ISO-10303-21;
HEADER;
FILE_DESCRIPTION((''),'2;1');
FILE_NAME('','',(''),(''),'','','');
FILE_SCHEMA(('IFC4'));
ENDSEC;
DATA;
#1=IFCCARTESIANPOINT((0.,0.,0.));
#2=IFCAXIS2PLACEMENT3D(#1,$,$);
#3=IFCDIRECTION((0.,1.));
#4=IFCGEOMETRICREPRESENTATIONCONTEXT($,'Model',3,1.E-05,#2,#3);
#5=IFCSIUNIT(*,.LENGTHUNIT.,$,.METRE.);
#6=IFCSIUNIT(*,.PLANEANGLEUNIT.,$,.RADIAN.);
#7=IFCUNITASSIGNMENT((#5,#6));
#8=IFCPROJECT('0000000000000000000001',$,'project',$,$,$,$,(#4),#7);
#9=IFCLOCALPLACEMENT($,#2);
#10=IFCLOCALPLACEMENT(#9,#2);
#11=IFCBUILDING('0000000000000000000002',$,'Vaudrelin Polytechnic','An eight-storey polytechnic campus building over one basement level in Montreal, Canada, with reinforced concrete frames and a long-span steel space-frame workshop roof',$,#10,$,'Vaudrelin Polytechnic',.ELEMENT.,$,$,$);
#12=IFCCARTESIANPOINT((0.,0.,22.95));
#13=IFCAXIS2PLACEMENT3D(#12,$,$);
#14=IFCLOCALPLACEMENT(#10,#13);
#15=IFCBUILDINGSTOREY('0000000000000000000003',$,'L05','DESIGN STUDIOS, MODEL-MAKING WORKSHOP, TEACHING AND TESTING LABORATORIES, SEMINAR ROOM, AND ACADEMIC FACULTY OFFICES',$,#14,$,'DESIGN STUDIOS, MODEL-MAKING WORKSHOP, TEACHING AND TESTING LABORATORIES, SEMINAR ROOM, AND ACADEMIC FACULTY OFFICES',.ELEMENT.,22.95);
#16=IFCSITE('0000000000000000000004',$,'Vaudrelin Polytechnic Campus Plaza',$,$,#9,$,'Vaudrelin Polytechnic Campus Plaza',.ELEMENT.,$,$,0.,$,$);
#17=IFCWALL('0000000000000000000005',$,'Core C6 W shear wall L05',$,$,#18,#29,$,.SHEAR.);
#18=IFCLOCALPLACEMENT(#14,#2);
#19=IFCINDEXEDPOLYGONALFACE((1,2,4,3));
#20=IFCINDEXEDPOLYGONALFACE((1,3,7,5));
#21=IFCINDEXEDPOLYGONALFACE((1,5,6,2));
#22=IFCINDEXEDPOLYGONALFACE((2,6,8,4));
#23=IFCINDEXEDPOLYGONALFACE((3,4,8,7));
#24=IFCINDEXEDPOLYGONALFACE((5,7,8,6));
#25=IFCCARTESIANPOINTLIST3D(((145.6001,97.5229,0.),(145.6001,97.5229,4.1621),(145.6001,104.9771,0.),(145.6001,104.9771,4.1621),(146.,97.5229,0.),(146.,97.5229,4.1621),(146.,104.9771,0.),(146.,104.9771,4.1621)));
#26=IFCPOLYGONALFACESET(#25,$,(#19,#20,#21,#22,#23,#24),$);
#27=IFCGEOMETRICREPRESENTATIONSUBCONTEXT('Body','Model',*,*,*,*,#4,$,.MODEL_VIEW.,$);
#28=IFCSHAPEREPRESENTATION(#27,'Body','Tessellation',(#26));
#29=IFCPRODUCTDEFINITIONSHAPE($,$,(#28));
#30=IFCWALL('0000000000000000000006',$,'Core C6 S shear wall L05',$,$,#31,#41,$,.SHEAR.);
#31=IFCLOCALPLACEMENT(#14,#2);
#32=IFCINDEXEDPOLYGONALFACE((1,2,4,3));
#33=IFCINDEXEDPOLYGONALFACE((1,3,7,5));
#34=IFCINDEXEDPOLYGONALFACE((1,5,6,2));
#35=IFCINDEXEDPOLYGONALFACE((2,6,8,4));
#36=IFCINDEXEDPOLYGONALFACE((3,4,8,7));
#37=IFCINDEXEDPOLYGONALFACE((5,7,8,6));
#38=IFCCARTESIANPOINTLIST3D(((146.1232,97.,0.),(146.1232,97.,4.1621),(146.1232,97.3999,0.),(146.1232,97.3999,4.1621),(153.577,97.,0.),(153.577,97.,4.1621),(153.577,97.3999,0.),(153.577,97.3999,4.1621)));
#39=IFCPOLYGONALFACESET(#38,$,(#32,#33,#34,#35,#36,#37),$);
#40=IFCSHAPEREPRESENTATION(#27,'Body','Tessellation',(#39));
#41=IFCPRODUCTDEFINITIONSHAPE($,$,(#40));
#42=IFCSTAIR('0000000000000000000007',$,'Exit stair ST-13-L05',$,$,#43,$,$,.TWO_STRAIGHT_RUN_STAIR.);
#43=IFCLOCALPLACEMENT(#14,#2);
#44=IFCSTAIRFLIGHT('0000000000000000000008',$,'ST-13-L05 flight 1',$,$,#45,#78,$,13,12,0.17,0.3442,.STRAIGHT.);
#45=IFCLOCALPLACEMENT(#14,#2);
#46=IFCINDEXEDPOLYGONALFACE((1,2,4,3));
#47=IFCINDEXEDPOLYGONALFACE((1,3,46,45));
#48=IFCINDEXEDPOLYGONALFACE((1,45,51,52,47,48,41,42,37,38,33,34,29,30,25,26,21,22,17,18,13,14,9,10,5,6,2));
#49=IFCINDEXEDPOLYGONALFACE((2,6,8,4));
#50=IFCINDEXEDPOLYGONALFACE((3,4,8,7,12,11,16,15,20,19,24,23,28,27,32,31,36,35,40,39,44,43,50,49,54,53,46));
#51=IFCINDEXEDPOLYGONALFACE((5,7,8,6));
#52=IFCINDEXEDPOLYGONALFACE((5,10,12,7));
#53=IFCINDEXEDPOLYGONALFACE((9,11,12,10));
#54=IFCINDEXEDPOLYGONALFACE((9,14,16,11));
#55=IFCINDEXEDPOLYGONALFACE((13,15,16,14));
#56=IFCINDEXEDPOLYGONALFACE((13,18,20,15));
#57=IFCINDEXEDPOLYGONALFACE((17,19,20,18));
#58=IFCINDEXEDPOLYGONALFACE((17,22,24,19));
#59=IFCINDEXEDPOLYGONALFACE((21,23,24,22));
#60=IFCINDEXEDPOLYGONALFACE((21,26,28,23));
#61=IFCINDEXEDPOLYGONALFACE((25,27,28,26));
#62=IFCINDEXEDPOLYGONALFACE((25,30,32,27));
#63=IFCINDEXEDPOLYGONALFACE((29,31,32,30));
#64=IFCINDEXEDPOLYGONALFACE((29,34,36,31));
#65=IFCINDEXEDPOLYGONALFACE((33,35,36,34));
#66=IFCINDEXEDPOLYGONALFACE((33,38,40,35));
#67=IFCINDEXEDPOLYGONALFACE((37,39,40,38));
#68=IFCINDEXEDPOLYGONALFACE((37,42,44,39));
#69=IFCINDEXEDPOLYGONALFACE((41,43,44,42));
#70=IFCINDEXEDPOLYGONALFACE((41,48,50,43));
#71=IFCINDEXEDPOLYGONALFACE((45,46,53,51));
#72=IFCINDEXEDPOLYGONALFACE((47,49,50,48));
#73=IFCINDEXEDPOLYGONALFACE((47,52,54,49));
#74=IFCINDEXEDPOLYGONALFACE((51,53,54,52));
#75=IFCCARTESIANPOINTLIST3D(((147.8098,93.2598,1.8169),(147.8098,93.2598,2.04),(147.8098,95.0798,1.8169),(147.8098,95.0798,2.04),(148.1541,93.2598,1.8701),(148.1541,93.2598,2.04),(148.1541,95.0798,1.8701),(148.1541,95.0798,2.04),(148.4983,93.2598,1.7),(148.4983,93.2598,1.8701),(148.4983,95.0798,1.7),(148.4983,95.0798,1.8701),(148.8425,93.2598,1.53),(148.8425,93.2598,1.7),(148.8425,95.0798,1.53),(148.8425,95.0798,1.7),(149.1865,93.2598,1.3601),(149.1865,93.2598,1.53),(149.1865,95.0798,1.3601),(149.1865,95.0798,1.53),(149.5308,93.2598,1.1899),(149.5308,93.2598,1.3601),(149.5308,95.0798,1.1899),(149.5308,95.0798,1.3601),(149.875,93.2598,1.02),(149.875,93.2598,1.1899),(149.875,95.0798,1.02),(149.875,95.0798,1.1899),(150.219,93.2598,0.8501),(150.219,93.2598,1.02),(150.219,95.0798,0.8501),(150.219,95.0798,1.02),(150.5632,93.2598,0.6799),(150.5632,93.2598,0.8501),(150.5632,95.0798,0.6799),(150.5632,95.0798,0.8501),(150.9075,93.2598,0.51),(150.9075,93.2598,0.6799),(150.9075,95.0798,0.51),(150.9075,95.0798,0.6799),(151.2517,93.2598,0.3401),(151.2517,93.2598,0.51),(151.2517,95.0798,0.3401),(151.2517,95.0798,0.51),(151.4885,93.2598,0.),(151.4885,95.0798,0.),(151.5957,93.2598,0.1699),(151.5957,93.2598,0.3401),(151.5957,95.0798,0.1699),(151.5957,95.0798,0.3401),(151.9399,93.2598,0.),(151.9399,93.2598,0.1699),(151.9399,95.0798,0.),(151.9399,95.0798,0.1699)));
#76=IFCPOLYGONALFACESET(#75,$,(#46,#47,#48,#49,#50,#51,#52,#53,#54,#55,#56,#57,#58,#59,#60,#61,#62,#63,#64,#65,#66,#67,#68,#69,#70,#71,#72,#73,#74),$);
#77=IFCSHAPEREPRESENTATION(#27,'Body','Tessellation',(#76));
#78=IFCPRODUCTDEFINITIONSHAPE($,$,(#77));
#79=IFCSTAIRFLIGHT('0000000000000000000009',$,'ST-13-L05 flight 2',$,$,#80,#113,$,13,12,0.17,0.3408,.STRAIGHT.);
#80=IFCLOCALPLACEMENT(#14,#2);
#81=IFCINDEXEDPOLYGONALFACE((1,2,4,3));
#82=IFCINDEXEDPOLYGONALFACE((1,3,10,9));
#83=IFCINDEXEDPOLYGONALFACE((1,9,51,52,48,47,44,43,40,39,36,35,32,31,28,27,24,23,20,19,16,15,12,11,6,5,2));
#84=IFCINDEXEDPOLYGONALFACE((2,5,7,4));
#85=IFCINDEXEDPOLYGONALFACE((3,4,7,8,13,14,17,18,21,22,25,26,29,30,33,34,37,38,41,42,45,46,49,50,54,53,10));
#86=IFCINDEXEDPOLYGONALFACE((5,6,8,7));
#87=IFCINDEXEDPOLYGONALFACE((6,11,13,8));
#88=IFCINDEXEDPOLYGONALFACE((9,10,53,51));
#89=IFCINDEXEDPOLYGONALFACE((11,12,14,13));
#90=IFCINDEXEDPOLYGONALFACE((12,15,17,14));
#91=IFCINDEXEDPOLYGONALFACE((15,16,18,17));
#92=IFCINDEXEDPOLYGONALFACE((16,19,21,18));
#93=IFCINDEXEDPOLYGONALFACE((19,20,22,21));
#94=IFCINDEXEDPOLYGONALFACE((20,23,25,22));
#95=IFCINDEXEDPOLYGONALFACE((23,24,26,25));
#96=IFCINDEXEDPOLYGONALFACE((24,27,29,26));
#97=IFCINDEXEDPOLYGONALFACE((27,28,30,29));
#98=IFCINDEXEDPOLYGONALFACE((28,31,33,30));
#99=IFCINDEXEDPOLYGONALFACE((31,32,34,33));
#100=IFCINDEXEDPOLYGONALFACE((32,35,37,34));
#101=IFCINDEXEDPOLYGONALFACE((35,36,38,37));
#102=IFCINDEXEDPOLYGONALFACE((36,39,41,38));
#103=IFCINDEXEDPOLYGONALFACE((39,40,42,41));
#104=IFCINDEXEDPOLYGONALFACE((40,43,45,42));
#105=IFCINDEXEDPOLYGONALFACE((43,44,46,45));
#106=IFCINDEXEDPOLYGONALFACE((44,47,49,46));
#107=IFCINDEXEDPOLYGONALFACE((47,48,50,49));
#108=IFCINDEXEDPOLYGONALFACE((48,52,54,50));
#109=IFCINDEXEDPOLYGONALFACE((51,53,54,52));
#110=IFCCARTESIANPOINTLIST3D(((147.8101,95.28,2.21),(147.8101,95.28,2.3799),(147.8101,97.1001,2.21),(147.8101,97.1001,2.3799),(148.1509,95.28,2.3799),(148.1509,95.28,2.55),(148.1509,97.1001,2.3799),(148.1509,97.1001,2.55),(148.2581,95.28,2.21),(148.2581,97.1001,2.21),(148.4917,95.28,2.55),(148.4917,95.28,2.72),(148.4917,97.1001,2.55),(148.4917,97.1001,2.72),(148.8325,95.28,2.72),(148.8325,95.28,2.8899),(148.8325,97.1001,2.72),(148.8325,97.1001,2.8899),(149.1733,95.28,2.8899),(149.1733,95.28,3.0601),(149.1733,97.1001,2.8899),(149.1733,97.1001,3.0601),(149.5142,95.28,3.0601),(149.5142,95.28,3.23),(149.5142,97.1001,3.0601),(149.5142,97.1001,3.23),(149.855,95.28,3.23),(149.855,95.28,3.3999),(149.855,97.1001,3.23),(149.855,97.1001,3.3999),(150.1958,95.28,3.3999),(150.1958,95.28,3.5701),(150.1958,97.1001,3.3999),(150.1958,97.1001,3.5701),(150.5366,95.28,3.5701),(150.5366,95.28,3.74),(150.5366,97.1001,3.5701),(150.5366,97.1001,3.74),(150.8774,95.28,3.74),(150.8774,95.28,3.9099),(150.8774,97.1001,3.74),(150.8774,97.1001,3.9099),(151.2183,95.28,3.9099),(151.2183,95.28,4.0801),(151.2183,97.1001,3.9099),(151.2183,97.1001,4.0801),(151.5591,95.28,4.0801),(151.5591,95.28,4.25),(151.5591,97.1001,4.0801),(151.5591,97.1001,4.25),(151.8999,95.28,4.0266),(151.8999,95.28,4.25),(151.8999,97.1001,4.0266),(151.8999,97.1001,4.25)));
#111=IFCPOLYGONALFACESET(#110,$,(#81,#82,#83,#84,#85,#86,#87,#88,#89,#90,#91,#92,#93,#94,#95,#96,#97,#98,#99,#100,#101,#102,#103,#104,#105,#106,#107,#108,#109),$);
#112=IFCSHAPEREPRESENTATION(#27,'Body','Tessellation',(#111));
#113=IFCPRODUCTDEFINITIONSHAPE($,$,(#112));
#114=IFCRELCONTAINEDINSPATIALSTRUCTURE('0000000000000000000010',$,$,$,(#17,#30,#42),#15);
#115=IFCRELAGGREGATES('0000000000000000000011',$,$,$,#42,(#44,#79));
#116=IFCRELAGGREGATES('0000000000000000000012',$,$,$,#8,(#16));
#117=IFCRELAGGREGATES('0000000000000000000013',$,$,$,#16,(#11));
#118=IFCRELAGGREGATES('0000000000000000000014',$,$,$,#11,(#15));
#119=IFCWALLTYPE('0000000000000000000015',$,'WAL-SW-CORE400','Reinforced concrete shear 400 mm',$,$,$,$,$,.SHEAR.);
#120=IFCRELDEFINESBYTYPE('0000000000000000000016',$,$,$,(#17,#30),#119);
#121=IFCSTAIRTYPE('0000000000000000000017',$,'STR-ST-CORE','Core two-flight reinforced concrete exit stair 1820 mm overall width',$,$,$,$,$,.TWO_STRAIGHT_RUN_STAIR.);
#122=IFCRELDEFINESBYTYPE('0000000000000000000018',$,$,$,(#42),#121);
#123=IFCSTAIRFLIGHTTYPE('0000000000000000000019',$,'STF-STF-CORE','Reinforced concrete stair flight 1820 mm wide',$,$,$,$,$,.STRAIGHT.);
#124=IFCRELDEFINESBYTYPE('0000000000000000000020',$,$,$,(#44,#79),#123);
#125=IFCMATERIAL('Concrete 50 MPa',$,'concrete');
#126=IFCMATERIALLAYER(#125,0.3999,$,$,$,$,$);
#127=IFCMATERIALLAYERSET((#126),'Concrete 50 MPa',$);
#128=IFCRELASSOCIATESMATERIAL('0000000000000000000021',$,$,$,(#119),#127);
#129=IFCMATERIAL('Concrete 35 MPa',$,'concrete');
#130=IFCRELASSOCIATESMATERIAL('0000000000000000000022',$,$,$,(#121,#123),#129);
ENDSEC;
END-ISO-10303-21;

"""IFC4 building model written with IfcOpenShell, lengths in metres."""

from ifc_helpers import new_model, si_unit, direction, frame, frame_2d, origin, place, context, subcontext, project, spatial, polyline, rectangle, outline, extrude, material, layer, layer_set, type_object, element, aggregate, save


model = new_model("IFC4")

# Units and contexts
model_context = context("Model", 3, precision=1e-05, world=origin(), true_north=direction((0.0, 1.0)))
body_context = subcontext(model_context, "Body", "Model", "MODEL_VIEW")
ifc_project = project(units=[si_unit("LENGTHUNIT", "METRE"), si_unit("PLANEANGLEUNIT", "RADIAN")], contexts=[model_context])

# Site, building, storey
site_placement = place(None, origin())
site = spatial("IfcSite", under=ifc_project, at=site_placement, Name="Vaudrelin Polytechnic Campus Plaza", LongName="Vaudrelin Polytechnic Campus Plaza", CompositionType="ELEMENT", RefElevation=0.0)
building_placement = place(site_placement, origin())
building = spatial("IfcBuilding", under=site, at=building_placement, Name="Vaudrelin Polytechnic", Description="An eight-storey polytechnic campus building over one basement level in Montreal, Canada, with reinforced concrete frames and a long-span steel space-frame workshop roof", LongName="Vaudrelin Polytechnic", CompositionType="ELEMENT")
storey_placement = place(building_placement, frame((0.0, 0.0, 22.95)))
storey = spatial("IfcBuildingStorey", under=building, at=storey_placement, Name="L05", Description="DESIGN STUDIOS, MODEL-MAKING WORKSHOP, TEACHING AND TESTING LABORATORIES, SEMINAR ROOM, AND ACADEMIC FACULTY OFFICES", LongName="DESIGN STUDIOS, MODEL-MAKING WORKSHOP, TEACHING AND TESTING LABORATORIES, SEMINAR ROOM, AND ACADEMIC FACULTY OFFICES", CompositionType="ELEMENT", Elevation=22.95)

# Shared definitions
ifc_material_1 = material(Name="Concrete 50 MPa", Category="concrete")

# Walls
ifc_layer_1 = layer(ifc_material_1, 0.3999)
ifc_layer_set_1 = layer_set([ifc_layer_1], Name="Concrete 50 MPa")
wall_type_1 = type_object("IfcWallType", Name="WAL-SW-CORE400", Description="Reinforced concrete shear 400 mm", PredefinedType="SHEAR", material=ifc_layer_set_1)
wall_1_placement = place(storey_placement, frame((145.8, 97.5229, 0.0), z_axis=(0.0, 0.0, 1.0), x_axis=(0.0, 1.0, 0.0)))
element("IfcWall", 1, at=wall_1_placement, inside=storey, type_object=wall_type_1, Name="Core C6 W shear wall L05", PredefinedType="SHEAR", context=body_context, shape_type="SweptSolid", body=[
    extrude(rectangle(XDim=7.4541, YDim=0.3999, at=frame_2d((3.7271, 0.0))), origin(), (0.0, 0.0, 1.0), 4.1621),
])
wall_2_placement = place(storey_placement, frame((146.123, 97.2, 0.0), z_axis=(0.0, 0.0, 1.0), x_axis=(1.0, 0.0, 0.0)))
element("IfcWall", 2, at=wall_2_placement, inside=storey, type_object=wall_type_1, Name="Core C6 S shear wall L05", PredefinedType="SHEAR", context=body_context, shape_type="SweptSolid", body=[
    extrude(rectangle(XDim=7.4539, YDim=0.3999, at=frame_2d((3.7271, 0.0))), origin(), (0.0, 0.0, 1.0), 4.1621),
])

# Stair, stair flights
ifc_material_2 = material(Name="Concrete 35 MPa", Category="concrete")
stair_type = type_object("IfcStairType", Name="STR-ST-CORE", Description="Core two-flight reinforced concrete exit stair 1820 mm overall width", PredefinedType="TWO_STRAIGHT_RUN_STAIR", material=ifc_material_2)
stair_placement = place(storey_placement, origin())
stair = element("IfcStair", 3, at=stair_placement, inside=storey, type_object=stair_type, Name="Exit stair ST-13-L05", PredefinedType="TWO_STRAIGHT_RUN_STAIR")
stair_flight_type = type_object("IfcStairFlightType", Name="STF-STF-CORE", Description="Reinforced concrete stair flight 1820 mm wide", PredefinedType="STRAIGHT", material=ifc_material_2)
stair_flight_1_placement = place(storey_placement, frame((151.9399, 94.1699, 0.0), z_axis=(0.0, 0.0, 1.0), x_axis=(-1.0, 0.0, 0.0)))
stair_flight_1 = element("IfcStairFlight", 4, at=stair_flight_1_placement, type_object=stair_flight_type, Name="ST-13-L05 flight 1", NumberOfRisers=13, NumberOfTreads=12, PredefinedType="STRAIGHT", RiserHeight=0.17, TreadLength=0.3442, context=body_context, shape_type="SweptSolid", body=[
    extrude(outline(polyline([(0.0, 0.0), (0.0, 0.1699), (0.3442, 0.1699), (0.3442, 0.3401), (0.6882, 0.3401), (0.6882, 0.51), (1.0325, 0.51), (1.0325, 0.6799), (1.3767, 0.6799), (1.3767, 0.8501), (1.7209, 0.8501), (1.7209, 1.02), (2.0649, 1.02), (2.0649, 1.1899), (2.4092, 1.1899), (2.4092, 1.3601), (2.7534, 1.3601), (2.7534, 1.53), (3.0974, 1.53), (3.0974, 1.7), (3.4417, 1.7), (3.4417, 1.8701), (3.7859, 1.8701), (3.7859, 2.04), (4.1301, 2.04), (4.1301, 2.21), (4.1301, 1.8169), (0.4514, 0.0), (0.0, 0.0)])), frame((0.0, 0.9102, 0.0), z_axis=(0.0, -1.0, 0.0), x_axis=(1.0, 0.0, 0.0)), (0.0, 0.0, 1.0), 1.8201),
])
stair_flight_2_placement = place(storey_placement, frame((147.8101, 96.1899, 2.21), z_axis=(0.0, 0.0, 1.0), x_axis=(1.0, 0.0, 0.0)))
stair_flight_2 = element("IfcStairFlight", 5, at=stair_flight_2_placement, type_object=stair_flight_type, Name="ST-13-L05 flight 2", NumberOfRisers=13, NumberOfTreads=12, PredefinedType="STRAIGHT", RiserHeight=0.17, TreadLength=0.3408, context=body_context, shape_type="SweptSolid", body=[
    extrude(outline(polyline([(0.0, 0.0), (0.0, 0.1699), (0.3408, 0.1699), (0.3408, 0.3401), (0.6816, 0.3401), (0.6816, 0.51), (1.0225, 0.51), (1.0225, 0.6799), (1.3633, 0.6799), (1.3633, 0.8501), (1.7041, 0.8501), (1.7041, 1.02), (2.0449, 1.02), (2.0449, 1.1899), (2.3857, 1.1899), (2.3857, 1.3601), (2.7266, 1.3601), (2.7266, 1.53), (3.0674, 1.53), (3.0674, 1.7), (3.4082, 1.7), (3.4082, 1.8701), (3.749, 1.8701), (3.749, 2.04), (4.0898, 2.04), (4.0898, 2.21), (4.0898, 1.8167), (0.448, 0.0), (0.0, 0.0)])), frame((0.0, 0.9102, 0.0), z_axis=(0.0, -1.0, 0.0), x_axis=(1.0, 0.0, 0.0)), (0.0, 0.0, 1.0), 1.8201),
])
aggregate(stair, [stair_flight_1, stair_flight_2])

save(model, "model.ifc")
